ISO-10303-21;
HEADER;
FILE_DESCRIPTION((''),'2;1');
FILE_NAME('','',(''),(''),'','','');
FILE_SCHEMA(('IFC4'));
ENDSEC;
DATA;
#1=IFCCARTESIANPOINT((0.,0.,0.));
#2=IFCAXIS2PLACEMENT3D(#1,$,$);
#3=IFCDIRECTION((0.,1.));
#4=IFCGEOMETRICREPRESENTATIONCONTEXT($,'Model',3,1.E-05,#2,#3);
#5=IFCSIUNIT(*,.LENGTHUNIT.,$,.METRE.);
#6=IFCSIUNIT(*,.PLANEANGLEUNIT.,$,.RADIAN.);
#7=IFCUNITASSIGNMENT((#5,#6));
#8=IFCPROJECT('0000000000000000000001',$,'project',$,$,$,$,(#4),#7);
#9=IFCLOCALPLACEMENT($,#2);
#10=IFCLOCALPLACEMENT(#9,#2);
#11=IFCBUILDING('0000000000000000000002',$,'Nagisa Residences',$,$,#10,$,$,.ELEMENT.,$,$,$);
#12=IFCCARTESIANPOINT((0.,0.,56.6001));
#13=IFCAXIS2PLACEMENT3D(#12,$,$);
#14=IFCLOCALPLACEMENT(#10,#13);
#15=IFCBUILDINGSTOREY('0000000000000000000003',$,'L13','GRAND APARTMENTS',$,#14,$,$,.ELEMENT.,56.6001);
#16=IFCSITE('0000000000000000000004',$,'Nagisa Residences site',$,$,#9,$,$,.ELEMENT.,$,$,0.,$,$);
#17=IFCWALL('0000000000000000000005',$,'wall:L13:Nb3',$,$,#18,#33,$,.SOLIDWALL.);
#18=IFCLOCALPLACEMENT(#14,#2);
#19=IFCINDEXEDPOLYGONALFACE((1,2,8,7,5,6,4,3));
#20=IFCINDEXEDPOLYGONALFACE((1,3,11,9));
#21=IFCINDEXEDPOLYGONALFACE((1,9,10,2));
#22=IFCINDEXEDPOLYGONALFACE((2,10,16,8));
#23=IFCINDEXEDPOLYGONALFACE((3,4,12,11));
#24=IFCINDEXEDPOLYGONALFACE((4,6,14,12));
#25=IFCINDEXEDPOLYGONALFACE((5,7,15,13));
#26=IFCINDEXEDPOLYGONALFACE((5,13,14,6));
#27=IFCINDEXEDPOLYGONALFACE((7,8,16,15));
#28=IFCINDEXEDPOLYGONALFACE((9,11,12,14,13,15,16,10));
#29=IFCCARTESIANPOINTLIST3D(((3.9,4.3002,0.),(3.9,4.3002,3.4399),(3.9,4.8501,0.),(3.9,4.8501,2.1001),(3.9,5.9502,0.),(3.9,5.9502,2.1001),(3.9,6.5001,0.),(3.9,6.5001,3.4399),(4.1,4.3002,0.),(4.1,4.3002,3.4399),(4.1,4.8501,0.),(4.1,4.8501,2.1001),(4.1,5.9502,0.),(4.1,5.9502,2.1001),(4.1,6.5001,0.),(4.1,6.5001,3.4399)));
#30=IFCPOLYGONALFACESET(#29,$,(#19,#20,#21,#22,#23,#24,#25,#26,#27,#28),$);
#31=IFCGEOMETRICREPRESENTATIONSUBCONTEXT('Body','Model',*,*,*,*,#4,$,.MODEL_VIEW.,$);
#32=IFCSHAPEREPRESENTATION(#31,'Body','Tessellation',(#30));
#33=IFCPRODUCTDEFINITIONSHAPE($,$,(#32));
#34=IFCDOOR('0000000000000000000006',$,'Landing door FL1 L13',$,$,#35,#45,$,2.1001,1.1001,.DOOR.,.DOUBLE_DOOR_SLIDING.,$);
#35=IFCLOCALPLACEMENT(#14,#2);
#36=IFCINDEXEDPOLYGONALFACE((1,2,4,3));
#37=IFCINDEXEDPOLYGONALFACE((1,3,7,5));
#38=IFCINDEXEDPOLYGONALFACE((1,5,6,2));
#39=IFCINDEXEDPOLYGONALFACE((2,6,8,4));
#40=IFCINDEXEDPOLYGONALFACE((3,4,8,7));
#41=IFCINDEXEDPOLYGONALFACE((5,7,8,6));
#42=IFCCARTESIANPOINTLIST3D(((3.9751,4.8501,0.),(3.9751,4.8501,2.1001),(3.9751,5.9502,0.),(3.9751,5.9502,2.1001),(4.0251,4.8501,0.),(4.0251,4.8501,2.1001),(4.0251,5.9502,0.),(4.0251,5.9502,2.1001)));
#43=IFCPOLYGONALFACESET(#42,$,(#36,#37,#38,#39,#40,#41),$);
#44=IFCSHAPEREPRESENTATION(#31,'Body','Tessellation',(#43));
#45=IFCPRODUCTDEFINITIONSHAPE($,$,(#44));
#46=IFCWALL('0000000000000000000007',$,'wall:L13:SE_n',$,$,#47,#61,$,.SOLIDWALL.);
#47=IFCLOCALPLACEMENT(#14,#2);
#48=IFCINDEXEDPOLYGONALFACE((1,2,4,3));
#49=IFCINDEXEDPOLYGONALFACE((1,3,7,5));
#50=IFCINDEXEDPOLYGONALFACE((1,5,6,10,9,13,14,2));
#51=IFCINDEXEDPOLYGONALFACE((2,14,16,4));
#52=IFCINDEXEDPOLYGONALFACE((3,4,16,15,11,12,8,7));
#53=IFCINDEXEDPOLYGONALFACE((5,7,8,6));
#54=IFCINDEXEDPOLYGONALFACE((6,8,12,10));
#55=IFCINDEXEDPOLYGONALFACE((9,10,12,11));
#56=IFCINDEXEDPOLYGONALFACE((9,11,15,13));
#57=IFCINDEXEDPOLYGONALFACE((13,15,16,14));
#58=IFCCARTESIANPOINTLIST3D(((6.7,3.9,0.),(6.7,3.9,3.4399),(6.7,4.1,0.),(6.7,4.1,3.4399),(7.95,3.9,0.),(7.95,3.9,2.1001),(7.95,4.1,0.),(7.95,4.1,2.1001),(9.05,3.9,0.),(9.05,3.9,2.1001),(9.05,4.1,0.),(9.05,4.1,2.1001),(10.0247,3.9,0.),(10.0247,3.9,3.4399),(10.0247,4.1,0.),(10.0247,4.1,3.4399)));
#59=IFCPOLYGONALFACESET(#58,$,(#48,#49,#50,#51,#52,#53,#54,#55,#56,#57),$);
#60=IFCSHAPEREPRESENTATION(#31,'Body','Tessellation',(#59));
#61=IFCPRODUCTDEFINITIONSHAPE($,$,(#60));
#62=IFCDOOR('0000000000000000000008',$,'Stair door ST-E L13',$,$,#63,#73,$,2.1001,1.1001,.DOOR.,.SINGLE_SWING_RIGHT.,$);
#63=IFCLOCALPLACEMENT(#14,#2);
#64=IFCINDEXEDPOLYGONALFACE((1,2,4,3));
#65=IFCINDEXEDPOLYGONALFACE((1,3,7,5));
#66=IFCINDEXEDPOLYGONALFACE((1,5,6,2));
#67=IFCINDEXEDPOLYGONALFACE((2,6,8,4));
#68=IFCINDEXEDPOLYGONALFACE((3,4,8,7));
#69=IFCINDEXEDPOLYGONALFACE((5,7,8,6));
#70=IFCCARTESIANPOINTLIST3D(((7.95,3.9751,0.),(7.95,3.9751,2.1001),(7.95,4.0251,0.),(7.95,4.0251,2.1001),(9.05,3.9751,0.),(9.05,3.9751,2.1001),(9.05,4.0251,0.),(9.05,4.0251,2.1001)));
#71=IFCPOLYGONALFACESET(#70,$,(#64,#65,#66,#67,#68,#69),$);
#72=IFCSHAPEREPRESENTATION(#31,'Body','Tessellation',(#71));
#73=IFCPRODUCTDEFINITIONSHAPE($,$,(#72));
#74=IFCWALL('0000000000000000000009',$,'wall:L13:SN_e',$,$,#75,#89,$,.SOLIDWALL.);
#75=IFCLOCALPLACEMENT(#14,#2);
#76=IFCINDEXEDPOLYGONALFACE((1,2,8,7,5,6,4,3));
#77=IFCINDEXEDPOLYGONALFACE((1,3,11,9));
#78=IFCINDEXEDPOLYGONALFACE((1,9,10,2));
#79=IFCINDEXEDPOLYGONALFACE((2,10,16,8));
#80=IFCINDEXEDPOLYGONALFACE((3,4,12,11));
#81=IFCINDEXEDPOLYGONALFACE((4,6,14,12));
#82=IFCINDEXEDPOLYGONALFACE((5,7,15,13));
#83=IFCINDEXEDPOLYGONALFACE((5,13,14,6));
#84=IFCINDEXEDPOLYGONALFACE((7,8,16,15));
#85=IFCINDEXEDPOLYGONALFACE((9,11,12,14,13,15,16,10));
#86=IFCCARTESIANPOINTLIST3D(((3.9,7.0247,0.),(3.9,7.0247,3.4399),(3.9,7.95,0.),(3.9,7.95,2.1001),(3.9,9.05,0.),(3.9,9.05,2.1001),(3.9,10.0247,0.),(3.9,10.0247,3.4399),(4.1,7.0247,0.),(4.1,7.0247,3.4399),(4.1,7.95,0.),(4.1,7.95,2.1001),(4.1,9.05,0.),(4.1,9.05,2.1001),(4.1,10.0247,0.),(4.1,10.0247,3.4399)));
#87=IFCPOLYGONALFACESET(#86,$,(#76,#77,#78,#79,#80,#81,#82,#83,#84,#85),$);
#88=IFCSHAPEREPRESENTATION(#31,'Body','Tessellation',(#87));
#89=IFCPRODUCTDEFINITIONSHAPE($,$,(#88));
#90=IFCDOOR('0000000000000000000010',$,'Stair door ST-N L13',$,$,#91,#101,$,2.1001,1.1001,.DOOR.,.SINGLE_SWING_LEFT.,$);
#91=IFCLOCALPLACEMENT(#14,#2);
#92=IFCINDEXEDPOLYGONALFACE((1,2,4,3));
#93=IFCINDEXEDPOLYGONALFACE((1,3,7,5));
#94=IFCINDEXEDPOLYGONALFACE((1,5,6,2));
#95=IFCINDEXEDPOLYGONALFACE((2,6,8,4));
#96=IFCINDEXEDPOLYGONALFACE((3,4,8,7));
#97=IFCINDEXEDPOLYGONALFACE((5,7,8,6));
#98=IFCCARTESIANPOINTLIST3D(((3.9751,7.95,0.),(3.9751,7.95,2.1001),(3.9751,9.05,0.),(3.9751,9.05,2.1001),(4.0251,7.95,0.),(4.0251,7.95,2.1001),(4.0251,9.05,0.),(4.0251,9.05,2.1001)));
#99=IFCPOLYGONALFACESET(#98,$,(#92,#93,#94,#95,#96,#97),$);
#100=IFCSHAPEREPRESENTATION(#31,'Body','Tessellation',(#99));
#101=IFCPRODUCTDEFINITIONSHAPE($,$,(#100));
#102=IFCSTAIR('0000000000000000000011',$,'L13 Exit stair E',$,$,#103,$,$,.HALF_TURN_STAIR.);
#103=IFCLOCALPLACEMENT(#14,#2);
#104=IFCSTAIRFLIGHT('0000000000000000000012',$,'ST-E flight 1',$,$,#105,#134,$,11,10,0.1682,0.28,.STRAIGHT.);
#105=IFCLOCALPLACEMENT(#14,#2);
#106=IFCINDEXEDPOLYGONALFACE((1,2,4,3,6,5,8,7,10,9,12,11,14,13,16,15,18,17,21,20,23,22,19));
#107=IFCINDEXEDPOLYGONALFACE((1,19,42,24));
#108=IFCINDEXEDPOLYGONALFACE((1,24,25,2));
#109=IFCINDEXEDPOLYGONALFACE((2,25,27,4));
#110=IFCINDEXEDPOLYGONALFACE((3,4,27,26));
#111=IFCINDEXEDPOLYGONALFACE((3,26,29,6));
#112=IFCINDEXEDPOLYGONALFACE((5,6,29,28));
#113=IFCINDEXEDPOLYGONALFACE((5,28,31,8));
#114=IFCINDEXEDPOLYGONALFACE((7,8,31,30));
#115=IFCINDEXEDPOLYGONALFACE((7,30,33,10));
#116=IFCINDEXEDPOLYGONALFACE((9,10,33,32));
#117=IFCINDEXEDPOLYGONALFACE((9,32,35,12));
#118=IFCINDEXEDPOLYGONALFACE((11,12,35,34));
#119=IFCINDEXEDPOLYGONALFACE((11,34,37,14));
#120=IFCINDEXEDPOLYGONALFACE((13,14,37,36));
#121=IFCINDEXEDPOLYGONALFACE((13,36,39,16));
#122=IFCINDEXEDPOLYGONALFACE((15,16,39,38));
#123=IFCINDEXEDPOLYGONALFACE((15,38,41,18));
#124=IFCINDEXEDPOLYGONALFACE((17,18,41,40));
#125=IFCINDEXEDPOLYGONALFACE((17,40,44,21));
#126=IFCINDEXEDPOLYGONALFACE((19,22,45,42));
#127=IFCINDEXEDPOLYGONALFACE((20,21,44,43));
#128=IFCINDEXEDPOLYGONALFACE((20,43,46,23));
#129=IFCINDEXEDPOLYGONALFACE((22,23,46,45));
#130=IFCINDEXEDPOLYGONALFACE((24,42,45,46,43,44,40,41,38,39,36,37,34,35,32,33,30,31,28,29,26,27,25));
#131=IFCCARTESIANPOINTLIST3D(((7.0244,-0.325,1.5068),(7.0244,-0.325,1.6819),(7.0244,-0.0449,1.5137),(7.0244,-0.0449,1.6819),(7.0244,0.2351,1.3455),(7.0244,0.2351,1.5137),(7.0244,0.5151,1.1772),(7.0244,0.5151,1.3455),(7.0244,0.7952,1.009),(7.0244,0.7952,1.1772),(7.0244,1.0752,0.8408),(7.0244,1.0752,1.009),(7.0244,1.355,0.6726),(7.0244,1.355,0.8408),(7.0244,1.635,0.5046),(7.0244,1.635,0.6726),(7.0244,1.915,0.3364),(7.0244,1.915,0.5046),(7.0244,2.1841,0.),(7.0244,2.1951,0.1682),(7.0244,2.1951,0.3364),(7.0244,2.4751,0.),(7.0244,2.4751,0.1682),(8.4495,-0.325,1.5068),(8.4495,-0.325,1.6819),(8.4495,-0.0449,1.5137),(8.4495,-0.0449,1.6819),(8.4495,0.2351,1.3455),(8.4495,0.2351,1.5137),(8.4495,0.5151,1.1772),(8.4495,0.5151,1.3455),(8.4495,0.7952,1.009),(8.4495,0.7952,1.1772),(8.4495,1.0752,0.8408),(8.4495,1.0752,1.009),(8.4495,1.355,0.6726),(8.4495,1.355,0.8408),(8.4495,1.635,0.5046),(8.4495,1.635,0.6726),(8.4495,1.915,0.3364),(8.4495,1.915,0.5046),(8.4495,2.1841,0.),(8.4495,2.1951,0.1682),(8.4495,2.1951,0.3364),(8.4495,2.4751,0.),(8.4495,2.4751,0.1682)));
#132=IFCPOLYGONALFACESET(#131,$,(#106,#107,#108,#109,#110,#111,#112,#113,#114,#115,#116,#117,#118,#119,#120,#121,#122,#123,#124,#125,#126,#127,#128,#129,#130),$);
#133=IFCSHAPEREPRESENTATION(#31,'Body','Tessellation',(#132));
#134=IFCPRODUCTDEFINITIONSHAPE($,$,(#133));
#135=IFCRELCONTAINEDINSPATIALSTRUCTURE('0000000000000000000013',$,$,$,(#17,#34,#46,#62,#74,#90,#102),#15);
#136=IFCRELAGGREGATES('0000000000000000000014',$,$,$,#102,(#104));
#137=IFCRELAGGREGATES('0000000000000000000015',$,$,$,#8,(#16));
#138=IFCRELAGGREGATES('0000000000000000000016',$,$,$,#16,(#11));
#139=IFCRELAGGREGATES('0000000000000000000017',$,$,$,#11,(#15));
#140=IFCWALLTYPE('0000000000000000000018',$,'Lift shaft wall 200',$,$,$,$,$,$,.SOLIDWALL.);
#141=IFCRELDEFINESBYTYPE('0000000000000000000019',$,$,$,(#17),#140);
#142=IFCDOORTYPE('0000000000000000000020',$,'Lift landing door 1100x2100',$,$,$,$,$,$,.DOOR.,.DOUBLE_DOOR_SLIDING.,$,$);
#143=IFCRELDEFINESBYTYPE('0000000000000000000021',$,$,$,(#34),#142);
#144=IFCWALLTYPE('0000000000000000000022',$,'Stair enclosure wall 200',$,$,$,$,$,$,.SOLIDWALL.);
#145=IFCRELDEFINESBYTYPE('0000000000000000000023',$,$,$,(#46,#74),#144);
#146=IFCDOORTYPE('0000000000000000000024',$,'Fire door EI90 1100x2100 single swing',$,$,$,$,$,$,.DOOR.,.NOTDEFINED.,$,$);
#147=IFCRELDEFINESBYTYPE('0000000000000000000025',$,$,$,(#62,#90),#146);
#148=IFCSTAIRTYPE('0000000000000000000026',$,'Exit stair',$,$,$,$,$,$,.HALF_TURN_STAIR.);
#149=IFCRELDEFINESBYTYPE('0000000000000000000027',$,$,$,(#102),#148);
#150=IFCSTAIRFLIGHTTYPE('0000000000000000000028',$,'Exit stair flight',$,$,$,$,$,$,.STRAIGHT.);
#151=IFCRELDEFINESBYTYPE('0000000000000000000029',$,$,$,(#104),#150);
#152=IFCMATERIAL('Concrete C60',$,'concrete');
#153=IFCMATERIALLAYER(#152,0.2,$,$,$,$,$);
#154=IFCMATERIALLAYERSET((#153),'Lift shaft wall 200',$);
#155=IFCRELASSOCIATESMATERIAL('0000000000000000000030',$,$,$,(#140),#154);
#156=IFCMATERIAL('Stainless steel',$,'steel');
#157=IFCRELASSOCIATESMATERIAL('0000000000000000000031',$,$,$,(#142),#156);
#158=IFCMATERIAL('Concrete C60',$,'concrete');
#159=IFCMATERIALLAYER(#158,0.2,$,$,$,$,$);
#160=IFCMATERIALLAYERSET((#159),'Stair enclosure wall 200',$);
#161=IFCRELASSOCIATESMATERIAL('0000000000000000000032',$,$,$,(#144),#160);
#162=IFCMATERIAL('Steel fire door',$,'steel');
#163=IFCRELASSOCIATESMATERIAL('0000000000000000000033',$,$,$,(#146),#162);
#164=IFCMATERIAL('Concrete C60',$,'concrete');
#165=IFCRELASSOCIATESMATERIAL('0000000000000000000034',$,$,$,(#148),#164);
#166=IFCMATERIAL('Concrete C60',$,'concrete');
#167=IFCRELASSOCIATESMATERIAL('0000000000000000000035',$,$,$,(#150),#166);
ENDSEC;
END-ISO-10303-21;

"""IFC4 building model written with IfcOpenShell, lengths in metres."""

from ifc_helpers import new_model, si_unit, direction, frame, frame_2d, origin, place, context, subcontext, project, spatial, polyline, rectangle, outline, extrude, material, layer, layer_set, type_object, element, fill, aggregate, save


model = new_model("IFC4")

# Units and contexts
model_context = context("Model", 3, precision=1e-05, world=origin(), true_north=direction((0.0, 1.0)))
body_context = subcontext(model_context, "Body", "Model", "MODEL_VIEW")
ifc_project = project(units=[si_unit("LENGTHUNIT", "METRE"), si_unit("PLANEANGLEUNIT", "RADIAN")], contexts=[model_context])

# Site, building, storey
site_placement = place(None, origin())
site = spatial("IfcSite", under=ifc_project, at=site_placement, Name="Nagisa Residences site", CompositionType="ELEMENT", RefElevation=0.0)
building_placement = place(site_placement, origin())
building = spatial("IfcBuilding", under=site, at=building_placement, Name="Nagisa Residences", CompositionType="ELEMENT")
storey_placement = place(building_placement, frame((0.0, 0.0, 56.6001)))
storey = spatial("IfcBuildingStorey", under=building, at=storey_placement, Name="L13", Description="GRAND APARTMENTS", CompositionType="ELEMENT", Elevation=56.6001)

# Walls, openings, doors
ifc_material_1 = material(Name="Concrete C60", Category="concrete")
ifc_layer_1 = layer(ifc_material_1, 0.2)
ifc_layer_set_1 = layer_set([ifc_layer_1], Name="Lift shaft wall 200")
wall_type_1 = type_object("IfcWallType", Name="Lift shaft wall 200", PredefinedType="SOLIDWALL", material=ifc_layer_set_1)
wall_1_placement = place(storey_placement, frame((4.0, 4.3, 0.0), z_axis=(0.0, 0.0, 1.0), x_axis=(0.0, 1.0, 0.0)))
wall_1 = element("IfcWall", 1, at=wall_1_placement, inside=storey, type_object=wall_type_1, Name="wall:L13:Nb3", PredefinedType="SOLIDWALL", context=body_context, shape_type="SweptSolid", body=[
    extrude(rectangle(XDim=2.2, YDim=0.2, at=frame_2d((1.1001, 0.0))), origin(), (0.0, 0.0, 1.0), 3.4399),
])
opening_1_placement = place(wall_1_placement, frame((0.55, 0.0, 0.0)))
opening_1 = element("IfcOpeningElement", 2, at=opening_1_placement, cuts=wall_1, PredefinedType="OPENING", context=body_context, shape_type="SweptSolid", body=[
    extrude(rectangle(XDim=1.1001, YDim=2.1001, at=frame_2d((0.55, 1.05))), frame((0.0, 0.1099, 0.0), z_axis=(0.0, -1.0, 0.0), x_axis=(1.0, 0.0, 0.0)), (0.0, 0.0, 1.0), 0.22),
])
ifc_material_2 = material(Name="Stainless steel", Category="steel")
door_type_1 = type_object("IfcDoorType", Name="Lift landing door 1100x2100", OperationType="DOUBLE_DOOR_SLIDING", PredefinedType="DOOR", material=ifc_material_2)
door_1_placement = place(opening_1_placement, origin())
door_1 = element("IfcDoor", 3, at=door_1_placement, inside=storey, type_object=door_type_1, Name="Landing door FL1 L13", OperationType="DOUBLE_DOOR_SLIDING", OverallHeight=2.1001, OverallWidth=1.1001, PredefinedType="DOOR", context=body_context, shape_type="SweptSolid", body=[
    extrude(rectangle(XDim=1.1001, YDim=2.1001, at=frame_2d((0.55, 1.05))), frame((0.0, 0.0249, 0.0), z_axis=(0.0, -1.0, 0.0), x_axis=(1.0, 0.0, 0.0)), (0.0, 0.0, 1.0), 0.05),
])
fill(opening_1, door_1)
ifc_material_3 = material(Name="Concrete C60", Category="concrete")
ifc_layer_2 = layer(ifc_material_3, 0.2)
ifc_layer_set_2 = layer_set([ifc_layer_2], Name="Stair enclosure wall 200")
wall_type_2 = type_object("IfcWallType", Name="Stair enclosure wall 200", PredefinedType="SOLIDWALL", material=ifc_layer_set_2)
wall_2_placement = place(storey_placement, frame((6.7, 4.0, 0.0), z_axis=(0.0, 0.0, 1.0), x_axis=(1.0, 0.0, 0.0)))
wall_2 = element("IfcWall", 4, at=wall_2_placement, inside=storey, type_object=wall_type_2, Name="wall:L13:SE_n", PredefinedType="SOLIDWALL", context=body_context, shape_type="SweptSolid", body=[
    extrude(rectangle(XDim=3.3247, YDim=0.2, at=frame_2d((1.6624, 0.0))), origin(), (0.0, 0.0, 1.0), 3.4399),
])
opening_2_placement = place(wall_2_placement, frame((1.25, 0.0, 0.0)))
opening_2 = element("IfcOpeningElement", 5, at=opening_2_placement, cuts=wall_2, PredefinedType="OPENING", context=body_context, shape_type="SweptSolid", body=[
    extrude(rectangle(XDim=1.1001, YDim=2.1001, at=frame_2d((0.55, 1.05))), frame((0.0, 0.1099, 0.0), z_axis=(0.0, -1.0, 0.0), x_axis=(1.0, 0.0, 0.0)), (0.0, 0.0, 1.0), 0.22),
])
ifc_material_4 = material(Name="Steel fire door", Category="steel")
door_type_2 = type_object("IfcDoorType", Name="Fire door EI90 1100x2100 single swing", OperationType="NOTDEFINED", PredefinedType="DOOR", material=ifc_material_4)
door_2_placement = place(opening_2_placement, frame((1.1001, 0.0, 0.0), x_axis=(-1.0, 0.0, 0.0)))
door_2 = element("IfcDoor", 6, at=door_2_placement, inside=storey, type_object=door_type_2, Name="Stair door ST-E L13", OperationType="SINGLE_SWING_RIGHT", OverallHeight=2.1001, OverallWidth=1.1001, PredefinedType="DOOR", context=body_context, shape_type="SweptSolid", body=[
    extrude(rectangle(XDim=1.1001, YDim=2.1001, at=frame_2d((0.55, 1.05))), frame((0.0, 0.0249, 0.0), z_axis=(0.0, -1.0, 0.0), x_axis=(1.0, 0.0, 0.0)), (0.0, 0.0, 1.0), 0.05),
])
fill(opening_2, door_2)
wall_3_placement = place(storey_placement, frame((4.0, 7.0247, 0.0), z_axis=(0.0, 0.0, 1.0), x_axis=(0.0, 1.0, 0.0)))
wall_3 = element("IfcWall", 7, at=wall_3_placement, inside=storey, type_object=wall_type_2, Name="wall:L13:SN_e", PredefinedType="SOLIDWALL", context=body_context, shape_type="SweptSolid", body=[
    extrude(rectangle(XDim=3.0, YDim=0.2, at=frame_2d((1.5, 0.0))), origin(), (0.0, 0.0, 1.0), 3.4399),
])
opening_3_placement = place(wall_3_placement, frame((0.9253, 0.0, 0.0)))
opening_3 = element("IfcOpeningElement", 8, at=opening_3_placement, cuts=wall_3, PredefinedType="OPENING", context=body_context, shape_type="SweptSolid", body=[
    extrude(rectangle(XDim=1.1001, YDim=2.1001, at=frame_2d((0.55, 1.05))), frame((0.0, 0.1099, 0.0), z_axis=(0.0, -1.0, 0.0), x_axis=(1.0, 0.0, 0.0)), (0.0, 0.0, 1.0), 0.22),
])
door_3_placement = place(opening_3_placement, origin())
door_3 = element("IfcDoor", 9, at=door_3_placement, inside=storey, type_object=door_type_2, Name="Stair door ST-N L13", OperationType="SINGLE_SWING_LEFT", OverallHeight=2.1001, OverallWidth=1.1001, PredefinedType="DOOR", context=body_context, shape_type="SweptSolid", body=[
    extrude(rectangle(XDim=1.1001, YDim=2.1001, at=frame_2d((0.55, 1.05))), frame((0.0, 0.0249, 0.0), z_axis=(0.0, -1.0, 0.0), x_axis=(1.0, 0.0, 0.0)), (0.0, 0.0, 1.0), 0.05),
])
fill(opening_3, door_3)

# Stair, stair flight
ifc_material_5 = material(Name="Concrete C60", Category="concrete")
stair_type = type_object("IfcStairType", Name="Exit stair", PredefinedType="HALF_TURN_STAIR", material=ifc_material_5)
stair_placement = place(storey_placement, origin())
stair = element("IfcStair", 10, at=stair_placement, inside=storey, type_object=stair_type, Name="L13 Exit stair E", PredefinedType="HALF_TURN_STAIR")
ifc_material_6 = material(Name="Concrete C60", Category="concrete")
stair_flight_type = type_object("IfcStairFlightType", Name="Exit stair flight", PredefinedType="STRAIGHT", material=ifc_material_6)
stair_flight_placement = place(storey_placement, frame((7.7371, 2.4751, 0.0), z_axis=(0.0, 0.0, 1.0), x_axis=(0.0, -1.0, 0.0)))
stair_flight = element("IfcStairFlight", 11, at=stair_flight_placement, type_object=stair_flight_type, Name="ST-E flight 1", NumberOfRisers=11, NumberOfTreads=10, PredefinedType="STRAIGHT", RiserHeight=0.1682, TreadLength=0.28, context=body_context, shape_type="SweptSolid", body=[
    extrude(outline(polyline([(0.0, 0.0), (0.0, 0.1682), (0.28, 0.1682), (0.28, 0.3364), (0.5601, 0.3364), (0.5601, 0.5046), (0.8401, 0.5046), (0.8401, 0.6726), (1.1201, 0.6726), (1.1201, 0.8408), (1.3999, 0.8408), (1.3999, 1.009), (1.6799, 1.009), (1.6799, 1.1772), (1.96, 1.1772), (1.96, 1.3455), (2.24, 1.3455), (2.24, 1.5137), (2.52, 1.5137), (2.52, 1.6819), (2.8, 1.6819), (2.8, 1.8501), (2.8, 1.5068), (0.291, 0.0), (0.0, 0.0)])), frame((0.0, 0.7124, 0.0), z_axis=(0.0, -1.0, 0.0), x_axis=(1.0, 0.0, 0.0)), (0.0, 0.0, 1.0), 1.425),
])
aggregate(stair, [stair_flight])

save(model, "model.ifc")
